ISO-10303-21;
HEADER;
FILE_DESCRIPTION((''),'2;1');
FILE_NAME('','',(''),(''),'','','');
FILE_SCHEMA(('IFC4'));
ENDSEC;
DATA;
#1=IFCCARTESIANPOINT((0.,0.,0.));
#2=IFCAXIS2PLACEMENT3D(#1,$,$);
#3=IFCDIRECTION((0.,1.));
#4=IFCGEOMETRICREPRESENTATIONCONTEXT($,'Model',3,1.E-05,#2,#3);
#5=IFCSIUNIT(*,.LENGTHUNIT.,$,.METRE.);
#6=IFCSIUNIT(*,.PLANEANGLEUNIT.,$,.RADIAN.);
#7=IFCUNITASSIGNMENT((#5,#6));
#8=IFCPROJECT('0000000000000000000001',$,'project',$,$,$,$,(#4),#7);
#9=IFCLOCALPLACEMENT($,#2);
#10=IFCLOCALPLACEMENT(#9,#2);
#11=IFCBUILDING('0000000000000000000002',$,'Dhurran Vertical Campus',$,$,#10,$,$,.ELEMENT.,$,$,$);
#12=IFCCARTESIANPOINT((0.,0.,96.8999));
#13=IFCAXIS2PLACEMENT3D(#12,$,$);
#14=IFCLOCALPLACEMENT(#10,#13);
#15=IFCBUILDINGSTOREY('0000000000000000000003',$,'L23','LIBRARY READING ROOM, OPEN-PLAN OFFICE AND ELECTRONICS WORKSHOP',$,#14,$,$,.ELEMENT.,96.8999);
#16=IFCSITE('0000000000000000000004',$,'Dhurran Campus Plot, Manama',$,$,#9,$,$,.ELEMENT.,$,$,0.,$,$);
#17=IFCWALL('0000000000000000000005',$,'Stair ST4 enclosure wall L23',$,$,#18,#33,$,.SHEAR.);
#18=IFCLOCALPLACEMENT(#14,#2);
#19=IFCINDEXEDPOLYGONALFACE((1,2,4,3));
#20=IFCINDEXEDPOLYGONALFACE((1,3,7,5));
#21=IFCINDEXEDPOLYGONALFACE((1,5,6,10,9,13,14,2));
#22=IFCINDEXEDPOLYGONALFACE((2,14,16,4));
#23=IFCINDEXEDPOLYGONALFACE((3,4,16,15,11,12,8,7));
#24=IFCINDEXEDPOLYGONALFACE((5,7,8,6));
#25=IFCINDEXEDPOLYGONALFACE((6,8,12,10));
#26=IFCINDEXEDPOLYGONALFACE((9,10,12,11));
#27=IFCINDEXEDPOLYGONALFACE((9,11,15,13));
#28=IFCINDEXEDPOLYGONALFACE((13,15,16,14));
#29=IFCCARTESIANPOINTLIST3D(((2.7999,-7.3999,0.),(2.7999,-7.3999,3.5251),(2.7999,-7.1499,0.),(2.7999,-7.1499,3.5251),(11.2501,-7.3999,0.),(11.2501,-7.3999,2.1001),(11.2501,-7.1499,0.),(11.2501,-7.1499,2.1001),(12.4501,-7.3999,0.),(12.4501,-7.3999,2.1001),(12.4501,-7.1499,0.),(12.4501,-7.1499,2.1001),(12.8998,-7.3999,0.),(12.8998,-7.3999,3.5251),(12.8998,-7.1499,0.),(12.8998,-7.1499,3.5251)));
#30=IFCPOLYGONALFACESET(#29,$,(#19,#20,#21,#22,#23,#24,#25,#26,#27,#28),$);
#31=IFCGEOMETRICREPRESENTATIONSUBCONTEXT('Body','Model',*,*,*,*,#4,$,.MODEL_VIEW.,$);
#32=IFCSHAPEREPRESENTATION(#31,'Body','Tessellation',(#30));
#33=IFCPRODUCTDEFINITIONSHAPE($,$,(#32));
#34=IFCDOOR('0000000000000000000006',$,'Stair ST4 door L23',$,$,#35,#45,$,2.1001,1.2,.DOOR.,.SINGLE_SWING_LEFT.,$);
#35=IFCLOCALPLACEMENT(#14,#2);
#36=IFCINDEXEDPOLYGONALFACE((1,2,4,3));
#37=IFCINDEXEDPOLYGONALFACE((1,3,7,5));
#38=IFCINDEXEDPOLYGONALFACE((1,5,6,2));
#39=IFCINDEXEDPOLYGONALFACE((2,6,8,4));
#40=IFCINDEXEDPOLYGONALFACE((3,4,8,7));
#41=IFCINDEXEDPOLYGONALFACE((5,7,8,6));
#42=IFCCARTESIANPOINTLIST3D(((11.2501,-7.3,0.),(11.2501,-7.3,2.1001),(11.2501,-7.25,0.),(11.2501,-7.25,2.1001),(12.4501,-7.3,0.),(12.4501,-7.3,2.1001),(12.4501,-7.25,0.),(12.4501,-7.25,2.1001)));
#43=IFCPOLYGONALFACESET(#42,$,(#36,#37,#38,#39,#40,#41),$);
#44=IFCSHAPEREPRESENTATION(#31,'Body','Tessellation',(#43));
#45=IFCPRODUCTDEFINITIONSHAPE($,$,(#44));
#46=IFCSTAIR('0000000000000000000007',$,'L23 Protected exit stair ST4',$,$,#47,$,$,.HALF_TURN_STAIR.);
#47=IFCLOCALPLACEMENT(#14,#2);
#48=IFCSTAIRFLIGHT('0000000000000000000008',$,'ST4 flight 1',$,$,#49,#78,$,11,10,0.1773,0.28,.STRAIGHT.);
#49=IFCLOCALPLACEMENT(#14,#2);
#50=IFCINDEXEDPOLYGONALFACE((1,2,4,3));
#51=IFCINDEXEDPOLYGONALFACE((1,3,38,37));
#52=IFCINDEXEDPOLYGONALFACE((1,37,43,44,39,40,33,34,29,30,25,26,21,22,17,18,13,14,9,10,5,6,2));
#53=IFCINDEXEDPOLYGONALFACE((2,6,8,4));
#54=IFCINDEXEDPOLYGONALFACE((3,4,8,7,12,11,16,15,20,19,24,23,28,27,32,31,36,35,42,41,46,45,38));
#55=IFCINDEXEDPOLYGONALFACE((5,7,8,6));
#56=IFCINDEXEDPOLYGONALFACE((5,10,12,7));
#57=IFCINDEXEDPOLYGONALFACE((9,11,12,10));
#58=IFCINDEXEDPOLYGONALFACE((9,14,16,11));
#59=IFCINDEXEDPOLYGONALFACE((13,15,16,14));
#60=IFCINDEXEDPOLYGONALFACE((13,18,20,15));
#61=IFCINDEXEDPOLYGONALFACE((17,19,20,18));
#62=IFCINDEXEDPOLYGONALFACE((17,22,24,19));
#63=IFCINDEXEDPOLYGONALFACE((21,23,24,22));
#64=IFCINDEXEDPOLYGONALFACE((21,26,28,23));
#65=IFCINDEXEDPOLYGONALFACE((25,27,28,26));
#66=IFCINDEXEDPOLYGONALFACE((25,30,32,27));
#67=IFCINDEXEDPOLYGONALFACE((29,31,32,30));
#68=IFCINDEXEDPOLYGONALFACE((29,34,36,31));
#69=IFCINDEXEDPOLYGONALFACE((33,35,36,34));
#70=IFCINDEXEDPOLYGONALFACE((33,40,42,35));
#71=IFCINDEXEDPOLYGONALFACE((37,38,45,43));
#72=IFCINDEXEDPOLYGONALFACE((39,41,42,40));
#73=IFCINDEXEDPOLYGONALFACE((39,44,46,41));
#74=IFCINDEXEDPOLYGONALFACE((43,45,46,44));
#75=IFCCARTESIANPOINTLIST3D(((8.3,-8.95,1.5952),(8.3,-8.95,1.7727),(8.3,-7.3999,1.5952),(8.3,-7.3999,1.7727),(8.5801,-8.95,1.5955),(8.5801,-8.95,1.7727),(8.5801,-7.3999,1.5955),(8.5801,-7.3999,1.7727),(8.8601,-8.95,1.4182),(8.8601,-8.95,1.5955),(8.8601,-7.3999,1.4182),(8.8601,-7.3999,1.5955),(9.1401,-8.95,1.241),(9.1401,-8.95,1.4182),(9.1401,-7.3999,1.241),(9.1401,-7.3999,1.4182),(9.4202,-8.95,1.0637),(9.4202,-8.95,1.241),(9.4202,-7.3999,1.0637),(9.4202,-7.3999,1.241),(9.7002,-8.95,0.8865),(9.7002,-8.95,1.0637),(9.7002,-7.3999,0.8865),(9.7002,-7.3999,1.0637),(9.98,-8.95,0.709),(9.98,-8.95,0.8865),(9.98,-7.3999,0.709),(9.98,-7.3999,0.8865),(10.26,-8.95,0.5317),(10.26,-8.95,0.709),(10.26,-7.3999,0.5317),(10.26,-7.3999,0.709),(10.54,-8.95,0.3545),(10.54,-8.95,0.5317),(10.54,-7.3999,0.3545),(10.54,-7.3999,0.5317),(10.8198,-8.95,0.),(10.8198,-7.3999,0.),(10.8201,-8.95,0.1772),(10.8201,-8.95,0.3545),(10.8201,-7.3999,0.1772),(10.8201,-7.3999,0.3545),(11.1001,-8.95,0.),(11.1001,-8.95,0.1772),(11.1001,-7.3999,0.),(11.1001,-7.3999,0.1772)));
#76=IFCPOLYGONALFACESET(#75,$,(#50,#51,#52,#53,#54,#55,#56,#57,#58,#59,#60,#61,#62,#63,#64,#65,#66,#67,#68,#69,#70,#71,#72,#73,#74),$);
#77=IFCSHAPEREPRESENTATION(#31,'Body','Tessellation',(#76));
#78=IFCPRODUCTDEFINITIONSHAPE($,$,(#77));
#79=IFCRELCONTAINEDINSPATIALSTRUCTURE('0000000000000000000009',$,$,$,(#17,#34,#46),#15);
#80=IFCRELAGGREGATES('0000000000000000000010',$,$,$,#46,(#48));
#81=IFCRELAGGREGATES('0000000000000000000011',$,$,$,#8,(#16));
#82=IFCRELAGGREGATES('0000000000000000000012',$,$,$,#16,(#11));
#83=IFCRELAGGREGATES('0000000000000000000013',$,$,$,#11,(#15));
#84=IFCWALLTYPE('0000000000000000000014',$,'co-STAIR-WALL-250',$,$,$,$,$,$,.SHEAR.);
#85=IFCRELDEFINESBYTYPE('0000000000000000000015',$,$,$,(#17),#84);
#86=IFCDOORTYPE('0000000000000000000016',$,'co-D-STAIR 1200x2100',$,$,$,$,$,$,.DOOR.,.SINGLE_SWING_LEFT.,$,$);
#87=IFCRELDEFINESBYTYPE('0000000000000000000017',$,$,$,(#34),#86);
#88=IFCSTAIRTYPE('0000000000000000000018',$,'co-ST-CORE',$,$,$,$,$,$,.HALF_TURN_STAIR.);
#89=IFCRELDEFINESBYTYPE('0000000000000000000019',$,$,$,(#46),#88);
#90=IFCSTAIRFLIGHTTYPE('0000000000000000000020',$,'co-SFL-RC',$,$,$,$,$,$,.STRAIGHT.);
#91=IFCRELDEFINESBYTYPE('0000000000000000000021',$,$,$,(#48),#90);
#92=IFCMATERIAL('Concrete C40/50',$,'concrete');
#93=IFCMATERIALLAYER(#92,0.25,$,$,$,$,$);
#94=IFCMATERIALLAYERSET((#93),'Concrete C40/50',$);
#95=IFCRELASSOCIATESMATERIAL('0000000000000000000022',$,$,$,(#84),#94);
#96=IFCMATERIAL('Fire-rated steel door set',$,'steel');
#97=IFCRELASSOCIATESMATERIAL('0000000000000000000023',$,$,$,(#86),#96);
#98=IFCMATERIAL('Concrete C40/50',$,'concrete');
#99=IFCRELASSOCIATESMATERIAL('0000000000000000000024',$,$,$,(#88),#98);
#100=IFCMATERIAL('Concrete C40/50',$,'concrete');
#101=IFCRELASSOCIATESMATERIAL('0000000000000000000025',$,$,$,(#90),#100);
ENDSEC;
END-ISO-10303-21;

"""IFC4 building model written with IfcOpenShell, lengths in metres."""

from ifc_helpers import new_model, si_unit, direction, frame, frame_2d, origin, place, context, subcontext, project, spatial, polyline, rectangle, outline, extrude, material, layer, layer_set, type_object, element, fill, aggregate, save


model = new_model("IFC4")

# Units and contexts
model_context = context("Model", 3, precision=1e-05, world=origin(), true_north=direction((0.0, 1.0)))
body_context = subcontext(model_context, "Body", "Model", "MODEL_VIEW")
ifc_project = project(units=[si_unit("LENGTHUNIT", "METRE"), si_unit("PLANEANGLEUNIT", "RADIAN")], contexts=[model_context])

# Site, building, storey
site_placement = place(None, origin())
site = spatial("IfcSite", under=ifc_project, at=site_placement, Name="Dhurran Campus Plot, Manama", CompositionType="ELEMENT", RefElevation=0.0)
building_placement = place(site_placement, origin())
building = spatial("IfcBuilding", under=site, at=building_placement, Name="Dhurran Vertical Campus", CompositionType="ELEMENT")
storey_placement = place(building_placement, frame((0.0, 0.0, 96.8999)))
storey = spatial("IfcBuildingStorey", under=building, at=storey_placement, Name="L23", Description="LIBRARY READING ROOM, OPEN-PLAN OFFICE AND ELECTRONICS WORKSHOP", CompositionType="ELEMENT", Elevation=96.8999)

# Wall, opening, door
ifc_material_1 = material(Name="Concrete C40/50", Category="concrete")
ifc_layer_1 = layer(ifc_material_1, 0.25)
ifc_layer_set_1 = layer_set([ifc_layer_1], Name="Concrete C40/50")
wall_type_1 = type_object("IfcWallType", Name="co-STAIR-WALL-250", PredefinedType="SHEAR", material=ifc_layer_set_1)
wall_1_placement = place(storey_placement, frame((2.8, -7.2749, 0.0), z_axis=(0.0, 0.0, 1.0), x_axis=(1.0, 0.0, 0.0)))
wall_1 = element("IfcWall", 1, at=wall_1_placement, inside=storey, type_object=wall_type_1, Name="Stair ST4 enclosure wall L23", PredefinedType="SHEAR", context=body_context, shape_type="SweptSolid", body=[
    extrude(rectangle(XDim=10.0999, YDim=0.25, at=frame_2d((5.0498, 0.0))), origin(), (0.0, 0.0, 1.0), 3.5251),
])
opening_1_placement = place(wall_1_placement, frame((8.45, 0.0, 0.0)))
opening_1 = element("IfcOpeningElement", 2, at=opening_1_placement, cuts=wall_1, PredefinedType="OPENING", context=body_context, shape_type="SweptSolid", body=[
    extrude(rectangle(XDim=1.2, YDim=2.1001, at=frame_2d((0.6001, 1.05))), frame((0.0, 0.135, 0.0), z_axis=(0.0, -1.0, 0.0), x_axis=(1.0, 0.0, 0.0)), (0.0, 0.0, 1.0), 0.27),
])
ifc_material_2 = material(Name="Fire-rated steel door set", Category="steel")
door_type_1 = type_object("IfcDoorType", Name="co-D-STAIR 1200x2100", OperationType="SINGLE_SWING_LEFT", PredefinedType="DOOR", material=ifc_material_2)
door_1_placement = place(opening_1_placement, origin())
door_1 = element("IfcDoor", 3, at=door_1_placement, inside=storey, type_object=door_type_1, Name="Stair ST4 door L23", OperationType="SINGLE_SWING_LEFT", OverallHeight=2.1001, OverallWidth=1.2, PredefinedType="DOOR", context=body_context, shape_type="SweptSolid", body=[
    extrude(rectangle(XDim=1.2, YDim=2.1001, at=frame_2d((0.6001, 1.05))), frame((0.0, 0.0249, 0.0), z_axis=(0.0, -1.0, 0.0), x_axis=(1.0, 0.0, 0.0)), (0.0, 0.0, 1.0), 0.05),
])
fill(opening_1, door_1)

# Stair, stair flight
ifc_material_3 = material(Name="Concrete C40/50", Category="concrete")
stair_type = type_object("IfcStairType", Name="co-ST-CORE", PredefinedType="HALF_TURN_STAIR", material=ifc_material_3)
stair_placement = place(storey_placement, origin())
stair = element("IfcStair", 4, at=stair_placement, inside=storey, type_object=stair_type, Name="L23 Protected exit stair ST4", PredefinedType="HALF_TURN_STAIR")
ifc_material_4 = material(Name="Concrete C40/50", Category="concrete")
stair_flight_type = type_object("IfcStairFlightType", Name="co-SFL-RC", PredefinedType="STRAIGHT", material=ifc_material_4)
stair_flight_placement = place(storey_placement, frame((11.1001, -8.175, 0.0), z_axis=(0.0, 0.0, 1.0), x_axis=(-1.0, 0.0, 0.0)))
stair_flight = element("IfcStairFlight", 5, at=stair_flight_placement, type_object=stair_flight_type, Name="ST4 flight 1", NumberOfRisers=11, NumberOfTreads=10, PredefinedType="STRAIGHT", RiserHeight=0.1773, TreadLength=0.28, context=body_context, shape_type="SweptSolid", body=[
    extrude(outline(polyline([(0.0, 0.0), (0.0, 0.1772), (0.28, 0.1772), (0.28, 0.3545), (0.5601, 0.3545), (0.5601, 0.5317), (0.8401, 0.5317), (0.8401, 0.709), (1.1201, 0.709), (1.1201, 0.8865), (1.3999, 0.8865), (1.3999, 1.0637), (1.6799, 1.0637), (1.6799, 1.241), (1.96, 1.241), (1.96, 1.4182), (2.24, 1.4182), (2.24, 1.5955), (2.52, 1.5955), (2.52, 1.7727), (2.8, 1.7727), (2.8, 1.95), (2.8, 1.5952), (0.2803, 0.0), (0.0, 0.0)])), frame((0.0, 0.7749, 0.0), z_axis=(0.0, -1.0, 0.0), x_axis=(1.0, 0.0, 0.0)), (0.0, 0.0, 1.0), 1.55),
])
aggregate(stair, [stair_flight])

save(model, "model.ifc")
